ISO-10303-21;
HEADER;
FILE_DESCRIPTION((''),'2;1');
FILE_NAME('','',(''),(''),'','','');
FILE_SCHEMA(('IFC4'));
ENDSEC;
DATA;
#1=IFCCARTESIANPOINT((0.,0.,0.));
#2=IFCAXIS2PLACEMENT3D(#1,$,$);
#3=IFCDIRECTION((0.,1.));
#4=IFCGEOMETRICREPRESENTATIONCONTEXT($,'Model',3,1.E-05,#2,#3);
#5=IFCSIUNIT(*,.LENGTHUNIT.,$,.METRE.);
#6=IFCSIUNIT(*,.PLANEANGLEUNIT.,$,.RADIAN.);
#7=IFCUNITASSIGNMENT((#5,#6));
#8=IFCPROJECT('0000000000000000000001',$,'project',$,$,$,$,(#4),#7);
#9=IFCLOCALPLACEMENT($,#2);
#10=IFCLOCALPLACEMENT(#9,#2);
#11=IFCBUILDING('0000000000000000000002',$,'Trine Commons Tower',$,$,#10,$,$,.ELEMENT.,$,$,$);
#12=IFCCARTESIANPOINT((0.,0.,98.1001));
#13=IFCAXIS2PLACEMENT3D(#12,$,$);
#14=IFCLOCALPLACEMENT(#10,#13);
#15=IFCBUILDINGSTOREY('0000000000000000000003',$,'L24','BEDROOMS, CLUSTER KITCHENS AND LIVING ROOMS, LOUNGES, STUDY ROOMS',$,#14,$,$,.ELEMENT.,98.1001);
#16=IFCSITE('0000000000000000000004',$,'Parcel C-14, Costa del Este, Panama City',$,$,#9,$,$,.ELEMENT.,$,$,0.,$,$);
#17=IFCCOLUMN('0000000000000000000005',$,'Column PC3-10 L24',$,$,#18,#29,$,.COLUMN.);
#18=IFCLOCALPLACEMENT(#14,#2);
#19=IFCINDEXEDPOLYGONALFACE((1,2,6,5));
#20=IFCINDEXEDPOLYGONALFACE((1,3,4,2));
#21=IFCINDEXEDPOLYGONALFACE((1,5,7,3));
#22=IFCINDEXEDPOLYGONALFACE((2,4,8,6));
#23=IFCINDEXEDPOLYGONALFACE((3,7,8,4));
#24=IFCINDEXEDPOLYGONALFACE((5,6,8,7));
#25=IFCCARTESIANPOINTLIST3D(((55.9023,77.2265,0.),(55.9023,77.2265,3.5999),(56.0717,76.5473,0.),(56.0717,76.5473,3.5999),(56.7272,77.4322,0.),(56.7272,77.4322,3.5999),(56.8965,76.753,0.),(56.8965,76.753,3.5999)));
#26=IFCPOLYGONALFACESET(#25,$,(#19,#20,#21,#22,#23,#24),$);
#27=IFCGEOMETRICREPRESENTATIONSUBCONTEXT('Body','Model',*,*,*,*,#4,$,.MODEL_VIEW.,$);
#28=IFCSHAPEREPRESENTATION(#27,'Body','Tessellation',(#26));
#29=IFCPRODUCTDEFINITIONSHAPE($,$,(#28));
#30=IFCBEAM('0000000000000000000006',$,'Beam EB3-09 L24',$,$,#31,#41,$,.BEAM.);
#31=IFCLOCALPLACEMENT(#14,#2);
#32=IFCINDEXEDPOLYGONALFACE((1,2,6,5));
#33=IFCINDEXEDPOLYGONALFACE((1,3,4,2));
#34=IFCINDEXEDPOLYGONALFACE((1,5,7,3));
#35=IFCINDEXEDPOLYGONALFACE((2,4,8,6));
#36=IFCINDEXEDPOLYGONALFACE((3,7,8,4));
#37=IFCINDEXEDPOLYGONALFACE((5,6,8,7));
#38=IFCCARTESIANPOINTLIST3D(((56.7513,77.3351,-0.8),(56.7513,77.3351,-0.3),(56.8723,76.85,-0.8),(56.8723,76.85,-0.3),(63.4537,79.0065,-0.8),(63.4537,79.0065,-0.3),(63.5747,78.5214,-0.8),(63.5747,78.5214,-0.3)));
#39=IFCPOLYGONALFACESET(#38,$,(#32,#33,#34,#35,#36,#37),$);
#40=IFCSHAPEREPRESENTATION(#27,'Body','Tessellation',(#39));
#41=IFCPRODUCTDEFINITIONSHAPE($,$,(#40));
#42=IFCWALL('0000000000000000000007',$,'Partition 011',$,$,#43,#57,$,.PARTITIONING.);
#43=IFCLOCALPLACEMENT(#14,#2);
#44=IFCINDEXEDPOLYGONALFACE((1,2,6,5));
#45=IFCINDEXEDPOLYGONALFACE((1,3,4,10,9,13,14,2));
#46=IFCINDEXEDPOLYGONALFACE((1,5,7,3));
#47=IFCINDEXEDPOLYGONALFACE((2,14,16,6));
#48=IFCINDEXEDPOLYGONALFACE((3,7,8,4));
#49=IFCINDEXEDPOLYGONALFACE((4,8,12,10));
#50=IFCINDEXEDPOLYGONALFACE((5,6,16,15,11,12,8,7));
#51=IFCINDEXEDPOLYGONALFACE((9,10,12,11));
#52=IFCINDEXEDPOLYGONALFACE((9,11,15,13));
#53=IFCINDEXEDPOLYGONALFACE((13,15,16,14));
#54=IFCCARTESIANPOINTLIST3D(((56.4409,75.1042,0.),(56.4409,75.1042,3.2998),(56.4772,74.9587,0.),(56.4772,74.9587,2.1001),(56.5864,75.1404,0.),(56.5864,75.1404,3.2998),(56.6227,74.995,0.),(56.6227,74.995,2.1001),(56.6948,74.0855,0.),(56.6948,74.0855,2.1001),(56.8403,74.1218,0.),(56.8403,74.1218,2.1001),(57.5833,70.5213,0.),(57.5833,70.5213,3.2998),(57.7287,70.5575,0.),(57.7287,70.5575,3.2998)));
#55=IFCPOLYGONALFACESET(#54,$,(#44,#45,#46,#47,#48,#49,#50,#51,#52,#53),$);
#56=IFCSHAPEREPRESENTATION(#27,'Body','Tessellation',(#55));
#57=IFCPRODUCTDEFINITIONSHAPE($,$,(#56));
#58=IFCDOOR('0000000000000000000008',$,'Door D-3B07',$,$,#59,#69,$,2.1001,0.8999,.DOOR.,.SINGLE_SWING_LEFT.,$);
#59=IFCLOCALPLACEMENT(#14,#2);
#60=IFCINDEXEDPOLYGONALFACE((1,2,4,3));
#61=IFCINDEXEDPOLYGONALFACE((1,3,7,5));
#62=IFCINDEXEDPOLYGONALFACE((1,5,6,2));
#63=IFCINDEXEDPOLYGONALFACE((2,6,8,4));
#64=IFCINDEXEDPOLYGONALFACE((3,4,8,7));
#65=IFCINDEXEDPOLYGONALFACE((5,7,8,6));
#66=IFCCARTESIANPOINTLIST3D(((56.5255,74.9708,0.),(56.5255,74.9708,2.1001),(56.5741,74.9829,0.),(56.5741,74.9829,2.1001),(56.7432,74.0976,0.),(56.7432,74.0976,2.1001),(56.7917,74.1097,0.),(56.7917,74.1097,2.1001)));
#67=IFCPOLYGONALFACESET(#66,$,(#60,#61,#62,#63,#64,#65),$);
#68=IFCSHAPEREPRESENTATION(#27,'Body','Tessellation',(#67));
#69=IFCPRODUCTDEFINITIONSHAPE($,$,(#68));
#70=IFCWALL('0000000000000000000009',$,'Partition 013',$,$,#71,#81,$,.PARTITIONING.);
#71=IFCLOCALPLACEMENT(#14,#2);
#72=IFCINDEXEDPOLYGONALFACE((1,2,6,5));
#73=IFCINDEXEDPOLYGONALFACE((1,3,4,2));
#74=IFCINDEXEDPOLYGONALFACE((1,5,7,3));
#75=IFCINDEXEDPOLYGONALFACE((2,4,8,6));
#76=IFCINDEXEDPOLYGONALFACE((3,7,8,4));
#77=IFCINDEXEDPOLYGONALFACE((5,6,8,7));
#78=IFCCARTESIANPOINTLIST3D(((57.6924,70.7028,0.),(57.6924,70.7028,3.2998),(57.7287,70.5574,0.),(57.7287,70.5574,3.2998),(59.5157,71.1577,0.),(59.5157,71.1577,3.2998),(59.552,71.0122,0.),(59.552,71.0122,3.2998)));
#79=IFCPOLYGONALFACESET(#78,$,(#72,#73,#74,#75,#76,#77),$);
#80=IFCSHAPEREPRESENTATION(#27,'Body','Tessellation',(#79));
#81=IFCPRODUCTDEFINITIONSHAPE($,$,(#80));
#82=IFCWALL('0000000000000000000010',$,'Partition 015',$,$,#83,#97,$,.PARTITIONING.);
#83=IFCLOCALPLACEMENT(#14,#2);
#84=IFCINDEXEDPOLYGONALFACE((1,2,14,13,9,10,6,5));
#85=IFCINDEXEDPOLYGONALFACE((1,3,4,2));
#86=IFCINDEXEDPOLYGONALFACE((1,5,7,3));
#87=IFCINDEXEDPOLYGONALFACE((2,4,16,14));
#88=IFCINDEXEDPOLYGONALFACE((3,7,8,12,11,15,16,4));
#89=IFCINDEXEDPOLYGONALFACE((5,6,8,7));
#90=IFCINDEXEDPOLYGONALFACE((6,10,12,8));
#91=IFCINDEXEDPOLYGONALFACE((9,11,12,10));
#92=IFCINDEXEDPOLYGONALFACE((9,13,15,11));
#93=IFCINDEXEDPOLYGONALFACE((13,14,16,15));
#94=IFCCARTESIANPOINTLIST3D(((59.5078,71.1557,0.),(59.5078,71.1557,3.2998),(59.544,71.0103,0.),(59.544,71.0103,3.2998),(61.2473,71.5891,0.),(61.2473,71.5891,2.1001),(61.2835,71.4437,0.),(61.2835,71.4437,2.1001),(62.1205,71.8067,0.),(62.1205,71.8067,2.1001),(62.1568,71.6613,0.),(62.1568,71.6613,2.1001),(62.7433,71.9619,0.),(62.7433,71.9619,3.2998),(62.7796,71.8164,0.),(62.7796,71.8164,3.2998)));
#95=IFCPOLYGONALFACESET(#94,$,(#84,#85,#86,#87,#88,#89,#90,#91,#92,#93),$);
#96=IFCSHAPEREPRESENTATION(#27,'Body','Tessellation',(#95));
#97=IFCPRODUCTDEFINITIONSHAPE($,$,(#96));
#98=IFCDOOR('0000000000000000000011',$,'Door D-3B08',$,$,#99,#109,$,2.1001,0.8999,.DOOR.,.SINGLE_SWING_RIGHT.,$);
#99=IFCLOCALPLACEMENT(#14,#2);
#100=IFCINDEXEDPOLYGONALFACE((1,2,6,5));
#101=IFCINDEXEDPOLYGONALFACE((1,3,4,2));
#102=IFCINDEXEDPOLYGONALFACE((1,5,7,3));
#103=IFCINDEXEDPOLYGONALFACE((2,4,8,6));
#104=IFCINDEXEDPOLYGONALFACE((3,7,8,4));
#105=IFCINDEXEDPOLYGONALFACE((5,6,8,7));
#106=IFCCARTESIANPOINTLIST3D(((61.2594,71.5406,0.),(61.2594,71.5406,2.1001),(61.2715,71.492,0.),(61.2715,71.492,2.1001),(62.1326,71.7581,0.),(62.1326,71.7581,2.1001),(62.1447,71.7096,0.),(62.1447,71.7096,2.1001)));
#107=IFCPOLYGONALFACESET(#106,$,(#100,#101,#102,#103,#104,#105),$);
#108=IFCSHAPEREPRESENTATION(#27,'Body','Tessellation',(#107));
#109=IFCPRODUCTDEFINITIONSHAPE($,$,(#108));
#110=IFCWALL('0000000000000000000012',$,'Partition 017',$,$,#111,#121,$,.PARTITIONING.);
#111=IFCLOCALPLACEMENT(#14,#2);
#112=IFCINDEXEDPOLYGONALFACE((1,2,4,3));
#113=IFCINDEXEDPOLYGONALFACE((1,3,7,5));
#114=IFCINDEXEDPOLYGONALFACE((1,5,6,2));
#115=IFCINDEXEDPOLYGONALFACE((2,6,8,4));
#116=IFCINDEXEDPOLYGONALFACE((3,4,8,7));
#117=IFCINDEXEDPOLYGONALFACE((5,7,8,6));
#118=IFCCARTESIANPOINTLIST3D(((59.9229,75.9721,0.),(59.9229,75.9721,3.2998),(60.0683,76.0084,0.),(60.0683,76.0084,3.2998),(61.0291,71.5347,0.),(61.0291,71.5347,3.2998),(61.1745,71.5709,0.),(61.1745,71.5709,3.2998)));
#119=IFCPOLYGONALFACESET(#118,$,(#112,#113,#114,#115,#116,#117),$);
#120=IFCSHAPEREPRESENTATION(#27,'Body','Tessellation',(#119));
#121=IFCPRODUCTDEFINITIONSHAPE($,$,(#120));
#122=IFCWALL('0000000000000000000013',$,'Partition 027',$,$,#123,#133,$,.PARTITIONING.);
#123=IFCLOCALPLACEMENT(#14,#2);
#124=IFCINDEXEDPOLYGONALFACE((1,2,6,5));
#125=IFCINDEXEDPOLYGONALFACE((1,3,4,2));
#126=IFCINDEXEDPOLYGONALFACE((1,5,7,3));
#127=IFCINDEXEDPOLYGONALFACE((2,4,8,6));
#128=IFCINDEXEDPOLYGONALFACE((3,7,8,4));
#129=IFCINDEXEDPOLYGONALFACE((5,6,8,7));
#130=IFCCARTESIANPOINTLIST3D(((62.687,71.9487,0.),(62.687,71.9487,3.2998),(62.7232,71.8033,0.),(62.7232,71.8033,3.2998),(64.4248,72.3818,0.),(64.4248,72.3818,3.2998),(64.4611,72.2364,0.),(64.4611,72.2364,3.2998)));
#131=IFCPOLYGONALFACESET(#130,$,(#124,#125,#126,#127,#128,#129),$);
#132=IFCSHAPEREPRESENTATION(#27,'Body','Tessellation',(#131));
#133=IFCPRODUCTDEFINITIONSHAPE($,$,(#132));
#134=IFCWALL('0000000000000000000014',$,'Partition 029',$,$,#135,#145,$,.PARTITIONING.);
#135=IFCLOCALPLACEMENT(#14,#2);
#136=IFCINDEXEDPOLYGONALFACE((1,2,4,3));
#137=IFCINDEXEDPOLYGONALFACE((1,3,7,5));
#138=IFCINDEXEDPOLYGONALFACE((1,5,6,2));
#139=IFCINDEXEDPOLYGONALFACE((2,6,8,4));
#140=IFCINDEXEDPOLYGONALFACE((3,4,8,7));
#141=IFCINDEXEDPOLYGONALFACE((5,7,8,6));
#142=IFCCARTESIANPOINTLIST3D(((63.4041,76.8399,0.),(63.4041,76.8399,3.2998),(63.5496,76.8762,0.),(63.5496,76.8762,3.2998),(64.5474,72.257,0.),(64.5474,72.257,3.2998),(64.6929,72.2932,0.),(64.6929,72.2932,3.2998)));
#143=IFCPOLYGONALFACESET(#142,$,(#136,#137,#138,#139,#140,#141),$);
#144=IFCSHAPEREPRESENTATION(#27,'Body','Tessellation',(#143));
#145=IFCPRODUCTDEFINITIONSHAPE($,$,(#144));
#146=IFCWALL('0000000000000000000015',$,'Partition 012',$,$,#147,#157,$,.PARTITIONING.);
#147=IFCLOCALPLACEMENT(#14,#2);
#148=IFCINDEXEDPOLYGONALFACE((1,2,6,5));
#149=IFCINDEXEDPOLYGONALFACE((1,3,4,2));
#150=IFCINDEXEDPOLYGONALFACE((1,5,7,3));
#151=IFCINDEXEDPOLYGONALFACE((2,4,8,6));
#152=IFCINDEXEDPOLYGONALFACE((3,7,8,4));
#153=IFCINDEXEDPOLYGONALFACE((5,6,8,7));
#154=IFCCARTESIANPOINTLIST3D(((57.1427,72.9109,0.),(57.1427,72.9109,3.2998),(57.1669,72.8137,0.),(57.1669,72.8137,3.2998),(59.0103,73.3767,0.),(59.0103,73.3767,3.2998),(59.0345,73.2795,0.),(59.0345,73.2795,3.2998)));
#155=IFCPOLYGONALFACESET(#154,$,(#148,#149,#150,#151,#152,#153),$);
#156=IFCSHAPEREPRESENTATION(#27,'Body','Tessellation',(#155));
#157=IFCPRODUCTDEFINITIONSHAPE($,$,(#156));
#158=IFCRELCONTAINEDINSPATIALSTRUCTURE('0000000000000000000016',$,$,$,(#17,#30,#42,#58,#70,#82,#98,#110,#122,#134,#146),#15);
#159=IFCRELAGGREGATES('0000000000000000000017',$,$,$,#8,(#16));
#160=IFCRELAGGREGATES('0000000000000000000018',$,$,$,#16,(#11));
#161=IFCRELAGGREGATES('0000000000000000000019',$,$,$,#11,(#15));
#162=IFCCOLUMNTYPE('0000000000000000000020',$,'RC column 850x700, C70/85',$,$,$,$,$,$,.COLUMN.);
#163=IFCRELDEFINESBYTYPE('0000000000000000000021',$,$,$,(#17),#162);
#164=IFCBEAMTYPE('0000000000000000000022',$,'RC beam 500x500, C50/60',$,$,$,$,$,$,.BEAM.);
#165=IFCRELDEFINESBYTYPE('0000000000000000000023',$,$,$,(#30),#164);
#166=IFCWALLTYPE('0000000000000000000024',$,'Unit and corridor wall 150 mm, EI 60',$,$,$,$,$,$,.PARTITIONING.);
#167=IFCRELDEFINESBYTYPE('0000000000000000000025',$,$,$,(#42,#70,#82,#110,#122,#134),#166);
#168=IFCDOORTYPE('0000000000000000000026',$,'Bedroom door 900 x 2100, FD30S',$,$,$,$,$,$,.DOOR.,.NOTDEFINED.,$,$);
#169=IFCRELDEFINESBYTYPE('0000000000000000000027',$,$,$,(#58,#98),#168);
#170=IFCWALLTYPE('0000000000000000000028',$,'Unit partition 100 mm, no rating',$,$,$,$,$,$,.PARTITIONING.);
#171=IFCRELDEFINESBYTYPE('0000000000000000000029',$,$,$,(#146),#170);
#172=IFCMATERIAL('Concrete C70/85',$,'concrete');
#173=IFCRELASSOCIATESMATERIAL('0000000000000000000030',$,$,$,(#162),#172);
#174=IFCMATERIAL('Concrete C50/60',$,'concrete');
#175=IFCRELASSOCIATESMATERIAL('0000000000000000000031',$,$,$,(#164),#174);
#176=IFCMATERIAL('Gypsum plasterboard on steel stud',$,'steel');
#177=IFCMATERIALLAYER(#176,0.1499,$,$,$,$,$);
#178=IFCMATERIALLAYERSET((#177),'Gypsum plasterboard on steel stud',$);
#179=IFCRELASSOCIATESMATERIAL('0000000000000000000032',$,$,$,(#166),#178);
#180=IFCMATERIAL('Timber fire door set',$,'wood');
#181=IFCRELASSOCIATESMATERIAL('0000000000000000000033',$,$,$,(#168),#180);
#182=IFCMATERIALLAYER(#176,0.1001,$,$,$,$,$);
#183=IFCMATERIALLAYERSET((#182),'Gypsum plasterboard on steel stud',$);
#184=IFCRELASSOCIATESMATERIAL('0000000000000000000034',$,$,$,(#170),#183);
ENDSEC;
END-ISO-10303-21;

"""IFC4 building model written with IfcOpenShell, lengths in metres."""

from ifc_helpers import new_model, si_unit, direction, frame, frame_2d, origin, origin_2d, place, context, subcontext, project, spatial, rectangle, extrude, material, layer, layer_set, material_profile, profile_set, type_object, element, fill, save


model = new_model("IFC4")

# Units and contexts
model_context = context("Model", 3, precision=1e-05, world=origin(), true_north=direction((0.0, 1.0)))
body_context = subcontext(model_context, "Body", "Model", "MODEL_VIEW")
ifc_project = project(units=[si_unit("LENGTHUNIT", "METRE"), si_unit("PLANEANGLEUNIT", "RADIAN")], contexts=[model_context])

# Site, building, storey
site_placement = place(None, origin())
site = spatial("IfcSite", under=ifc_project, at=site_placement, Name="Parcel C-14, Costa del Este, Panama City", CompositionType="ELEMENT", RefElevation=0.0)
building_placement = place(site_placement, origin())
building = spatial("IfcBuilding", under=site, at=building_placement, Name="Trine Commons Tower", CompositionType="ELEMENT")
storey_placement = place(building_placement, frame((0.0, 0.0, 98.1001)))
storey = spatial("IfcBuildingStorey", under=building, at=storey_placement, Name="L24", Description="BEDROOMS, CLUSTER KITCHENS AND LIVING ROOMS, LOUNGES, STUDY ROOMS", CompositionType="ELEMENT", Elevation=98.1001)

# Column
ifc_material_1 = material(Name="Concrete C70/85", Category="concrete")
ifc_material_profile_1 = material_profile(ifc_material_1, rectangle(XDim=0.8501, YDim=0.7, at=origin_2d()), Name="RC 850x700")
ifc_profile_set_1 = profile_set([ifc_material_profile_1], Name="Concrete C70/85")
column_type = type_object("IfcColumnType", Name="RC column 850x700, C70/85", PredefinedType="COLUMN", material=ifc_profile_set_1)
column_placement = place(storey_placement, frame((56.3994, 76.9897, 0.0), z_axis=(0.0, 0.0, 1.0), x_axis=(0.970296, 0.241922, 0.0)))
element("IfcColumn", 1, at=column_placement, inside=storey, type_object=column_type, Name="Column PC3-10 L24", PredefinedType="COLUMN", context=body_context, shape_type="SweptSolid", body=[
    extrude(rectangle(XDim=0.8501, YDim=0.7, at=origin_2d()), origin(), (0.0, 0.0, 1.0), 3.5999),
])

# Beam
ifc_material_2 = material(Name="Concrete C50/60", Category="concrete")
ifc_material_profile_2 = material_profile(ifc_material_2, rectangle(XDim=0.5, YDim=0.5, at=origin_2d()), Name="RC 500x500")
ifc_profile_set_2 = profile_set([ifc_material_profile_2], Name="Concrete C50/60")
beam_type = type_object("IfcBeamType", Name="RC beam 500x500, C50/60", PredefinedType="BEAM", material=ifc_profile_set_2)
beam_placement = place(storey_placement, frame((56.8118, 77.0925, -0.55), z_axis=(0.970286, 0.241962, 0.0), x_axis=(-0.241962, 0.970286, 0.0)))
element("IfcBeam", 2, at=beam_placement, inside=storey, type_object=beam_type, Name="Beam EB3-09 L24", PredefinedType="BEAM", context=body_context, shape_type="SweptSolid", body=[
    extrude(rectangle(XDim=0.5, YDim=0.5, at=origin_2d()), origin(), (0.0, 0.0, 1.0), 6.9077),
])

# Wall, opening, door
ifc_material_3 = material(Name="Gypsum plasterboard on steel stud", Category="steel")
ifc_layer_1 = layer(ifc_material_3, 0.1499)
ifc_layer_set_1 = layer_set([ifc_layer_1], Name="Gypsum plasterboard on steel stud")
wall_type_1 = type_object("IfcWallType", Name="Unit and corridor wall 150 mm, EI 60", PredefinedType="PARTITIONING", material=ifc_layer_set_1)
wall_1_placement = place(storey_placement, frame((56.5137, 75.1223, 0.0), z_axis=(0.0, 0.0, 1.0), x_axis=(0.241854, -0.970313, 0.0)))
wall_1 = element("IfcWall", 3, at=wall_1_placement, inside=storey, type_object=wall_type_1, Name="Partition 011", PredefinedType="PARTITIONING", context=body_context, shape_type="SweptSolid", body=[
    extrude(rectangle(XDim=4.7231, YDim=0.1499, at=frame_2d((2.3616, 0.0))), origin(), (0.0, 0.0, 1.0), 3.2998),
])
opening_1_placement = place(wall_1_placement, frame((0.1499, 0.0, 0.0)))
opening_1 = element("IfcOpeningElement", 4, at=opening_1_placement, cuts=wall_1, PredefinedType="OPENING", context=body_context, shape_type="SweptSolid", body=[
    extrude(rectangle(XDim=0.8999, YDim=2.1001, at=frame_2d((0.45, 1.05))), frame((0.0, 0.085, 0.0), z_axis=(0.0, -1.0, 0.0), x_axis=(1.0, 0.0, 0.0)), (0.0, 0.0, 1.0), 0.1699),
])
ifc_material_4 = material(Name="Timber fire door set", Category="wood")
door_type_1 = type_object("IfcDoorType", Name="Bedroom door 900 x 2100, FD30S", OperationType="NOTDEFINED", PredefinedType="DOOR", material=ifc_material_4)
door_1_placement = place(opening_1_placement, origin())
door_1 = element("IfcDoor", 5, at=door_1_placement, inside=storey, type_object=door_type_1, Name="Door D-3B07", OperationType="SINGLE_SWING_LEFT", OverallHeight=2.1001, OverallWidth=0.8999, PredefinedType="DOOR", context=body_context, shape_type="SweptSolid", body=[
    extrude(rectangle(XDim=0.8999, YDim=2.1001, at=frame_2d((0.45, 1.05))), frame((0.0, 0.0249, 0.0), z_axis=(0.0, -1.0, 0.0), x_axis=(1.0, 0.0, 0.0)), (0.0, 0.0, 1.0), 0.05),
])
fill(opening_1, door_1)

# Wall
wall_2_placement = place(storey_placement, frame((57.7107, 70.6301, 0.0), z_axis=(0.0, 0.0, 1.0), x_axis=(0.970265, 0.242046, 0.0)))
element("IfcWall", 6, at=wall_2_placement, inside=storey, type_object=wall_type_1, Name="Partition 013", PredefinedType="PARTITIONING", context=body_context, shape_type="SweptSolid", body=[
    extrude(rectangle(XDim=1.8792, YDim=0.1499, at=frame_2d((0.9395, 0.0))), origin(), (0.0, 0.0, 1.0), 3.2998),
])

# Wall, opening, door
wall_3_placement = place(storey_placement, frame((59.5259, 71.083, 0.0), z_axis=(0.0, 0.0, 1.0), x_axis=(0.970336, 0.24176, 0.0)))
wall_3 = element("IfcWall", 7, at=wall_3_placement, inside=storey, type_object=wall_type_1, Name="Partition 015", PredefinedType="PARTITIONING", context=body_context, shape_type="SweptSolid", body=[
    extrude(rectangle(XDim=3.3345, YDim=0.1499, at=frame_2d((1.6672, 0.0))), origin(), (0.0, 0.0, 1.0), 3.2998),
])
opening_2_placement = place(wall_3_placement, frame((1.7927, 0.0, 0.0)))
opening_2 = element("IfcOpeningElement", 8, at=opening_2_placement, cuts=wall_3, PredefinedType="OPENING", context=body_context, shape_type="SweptSolid", body=[
    extrude(rectangle(XDim=0.8999, YDim=2.1001, at=frame_2d((0.45, 1.05))), frame((0.0, 0.085, 0.0), z_axis=(0.0, -1.0, 0.0), x_axis=(1.0, 0.0, 0.0)), (0.0, 0.0, 1.0), 0.1699),
])
door_2_placement = place(opening_2_placement, origin())
door_2 = element("IfcDoor", 9, at=door_2_placement, inside=storey, type_object=door_type_1, Name="Door D-3B08", OperationType="SINGLE_SWING_RIGHT", OverallHeight=2.1001, OverallWidth=0.8999, PredefinedType="DOOR", context=body_context, shape_type="SweptSolid", body=[
    extrude(rectangle(XDim=0.8999, YDim=2.1001, at=frame_2d((0.45, 1.05))), frame((0.0, 0.0249, 0.0), z_axis=(0.0, -1.0, 0.0), x_axis=(1.0, 0.0, 0.0)), (0.0, 0.0, 1.0), 0.05),
])
fill(opening_2, door_2)

# Walls
wall_4_placement = place(storey_placement, frame((59.9956, 75.9902, 0.0), z_axis=(0.0, 0.0, 1.0), x_axis=(0.241882, -0.970306, 0.0)))
element("IfcWall", 10, at=wall_4_placement, inside=storey, type_object=wall_type_1, Name="Partition 017", PredefinedType="PARTITIONING", context=body_context, shape_type="SweptSolid", body=[
    extrude(rectangle(XDim=4.5732, YDim=0.1499, at=frame_2d((2.2866, 0.0))), origin(), (0.0, 0.0, 1.0), 3.2998),
])
wall_5_placement = place(storey_placement, frame((62.7051, 71.876, 0.0), z_axis=(0.0, 0.0, 1.0), x_axis=(0.970319, 0.24183, 0.0)))
element("IfcWall", 11, at=wall_5_placement, inside=storey, type_object=wall_type_1, Name="Partition 027", PredefinedType="PARTITIONING", context=body_context, shape_type="SweptSolid", body=[
    extrude(rectangle(XDim=1.791, YDim=0.1499, at=frame_2d((0.8955, 0.0))), origin(), (0.0, 0.0, 1.0), 3.2998),
])
wall_6_placement = place(storey_placement, frame((63.4768, 76.8582, 0.0), z_axis=(0.0, 0.0, 1.0), x_axis=(0.242049, -0.970264, 0.0)))
element("IfcWall", 12, at=wall_6_placement, inside=storey, type_object=wall_type_1, Name="Partition 029", PredefinedType="PARTITIONING", context=body_context, shape_type="SweptSolid", body=[
    extrude(rectangle(XDim=4.7234, YDim=0.1499, at=frame_2d((2.3618, 0.0))), origin(), (0.0, 0.0, 1.0), 3.2998),
])
ifc_layer_2 = layer(ifc_material_3, 0.1001)
ifc_layer_set_2 = layer_set([ifc_layer_2], Name="Gypsum plasterboard on steel stud")
wall_type_2 = type_object("IfcWallType", Name="Unit partition 100 mm, no rating", PredefinedType="PARTITIONING", material=ifc_layer_set_2)
wall_7_placement = place(storey_placement, frame((57.1548, 72.8623, 0.0), z_axis=(0.0, 0.0, 1.0), x_axis=(0.970277, 0.241998, 0.0)))
element("IfcWall", 13, at=wall_7_placement, inside=storey, type_object=wall_type_2, Name="Partition 012", PredefinedType="PARTITIONING", context=body_context, shape_type="SweptSolid", body=[
    extrude(rectangle(XDim=1.9248, YDim=0.1001, at=frame_2d((0.9624, 0.0))), origin(), (0.0, 0.0, 1.0), 3.2998),
])

save(model, "model.ifc")
